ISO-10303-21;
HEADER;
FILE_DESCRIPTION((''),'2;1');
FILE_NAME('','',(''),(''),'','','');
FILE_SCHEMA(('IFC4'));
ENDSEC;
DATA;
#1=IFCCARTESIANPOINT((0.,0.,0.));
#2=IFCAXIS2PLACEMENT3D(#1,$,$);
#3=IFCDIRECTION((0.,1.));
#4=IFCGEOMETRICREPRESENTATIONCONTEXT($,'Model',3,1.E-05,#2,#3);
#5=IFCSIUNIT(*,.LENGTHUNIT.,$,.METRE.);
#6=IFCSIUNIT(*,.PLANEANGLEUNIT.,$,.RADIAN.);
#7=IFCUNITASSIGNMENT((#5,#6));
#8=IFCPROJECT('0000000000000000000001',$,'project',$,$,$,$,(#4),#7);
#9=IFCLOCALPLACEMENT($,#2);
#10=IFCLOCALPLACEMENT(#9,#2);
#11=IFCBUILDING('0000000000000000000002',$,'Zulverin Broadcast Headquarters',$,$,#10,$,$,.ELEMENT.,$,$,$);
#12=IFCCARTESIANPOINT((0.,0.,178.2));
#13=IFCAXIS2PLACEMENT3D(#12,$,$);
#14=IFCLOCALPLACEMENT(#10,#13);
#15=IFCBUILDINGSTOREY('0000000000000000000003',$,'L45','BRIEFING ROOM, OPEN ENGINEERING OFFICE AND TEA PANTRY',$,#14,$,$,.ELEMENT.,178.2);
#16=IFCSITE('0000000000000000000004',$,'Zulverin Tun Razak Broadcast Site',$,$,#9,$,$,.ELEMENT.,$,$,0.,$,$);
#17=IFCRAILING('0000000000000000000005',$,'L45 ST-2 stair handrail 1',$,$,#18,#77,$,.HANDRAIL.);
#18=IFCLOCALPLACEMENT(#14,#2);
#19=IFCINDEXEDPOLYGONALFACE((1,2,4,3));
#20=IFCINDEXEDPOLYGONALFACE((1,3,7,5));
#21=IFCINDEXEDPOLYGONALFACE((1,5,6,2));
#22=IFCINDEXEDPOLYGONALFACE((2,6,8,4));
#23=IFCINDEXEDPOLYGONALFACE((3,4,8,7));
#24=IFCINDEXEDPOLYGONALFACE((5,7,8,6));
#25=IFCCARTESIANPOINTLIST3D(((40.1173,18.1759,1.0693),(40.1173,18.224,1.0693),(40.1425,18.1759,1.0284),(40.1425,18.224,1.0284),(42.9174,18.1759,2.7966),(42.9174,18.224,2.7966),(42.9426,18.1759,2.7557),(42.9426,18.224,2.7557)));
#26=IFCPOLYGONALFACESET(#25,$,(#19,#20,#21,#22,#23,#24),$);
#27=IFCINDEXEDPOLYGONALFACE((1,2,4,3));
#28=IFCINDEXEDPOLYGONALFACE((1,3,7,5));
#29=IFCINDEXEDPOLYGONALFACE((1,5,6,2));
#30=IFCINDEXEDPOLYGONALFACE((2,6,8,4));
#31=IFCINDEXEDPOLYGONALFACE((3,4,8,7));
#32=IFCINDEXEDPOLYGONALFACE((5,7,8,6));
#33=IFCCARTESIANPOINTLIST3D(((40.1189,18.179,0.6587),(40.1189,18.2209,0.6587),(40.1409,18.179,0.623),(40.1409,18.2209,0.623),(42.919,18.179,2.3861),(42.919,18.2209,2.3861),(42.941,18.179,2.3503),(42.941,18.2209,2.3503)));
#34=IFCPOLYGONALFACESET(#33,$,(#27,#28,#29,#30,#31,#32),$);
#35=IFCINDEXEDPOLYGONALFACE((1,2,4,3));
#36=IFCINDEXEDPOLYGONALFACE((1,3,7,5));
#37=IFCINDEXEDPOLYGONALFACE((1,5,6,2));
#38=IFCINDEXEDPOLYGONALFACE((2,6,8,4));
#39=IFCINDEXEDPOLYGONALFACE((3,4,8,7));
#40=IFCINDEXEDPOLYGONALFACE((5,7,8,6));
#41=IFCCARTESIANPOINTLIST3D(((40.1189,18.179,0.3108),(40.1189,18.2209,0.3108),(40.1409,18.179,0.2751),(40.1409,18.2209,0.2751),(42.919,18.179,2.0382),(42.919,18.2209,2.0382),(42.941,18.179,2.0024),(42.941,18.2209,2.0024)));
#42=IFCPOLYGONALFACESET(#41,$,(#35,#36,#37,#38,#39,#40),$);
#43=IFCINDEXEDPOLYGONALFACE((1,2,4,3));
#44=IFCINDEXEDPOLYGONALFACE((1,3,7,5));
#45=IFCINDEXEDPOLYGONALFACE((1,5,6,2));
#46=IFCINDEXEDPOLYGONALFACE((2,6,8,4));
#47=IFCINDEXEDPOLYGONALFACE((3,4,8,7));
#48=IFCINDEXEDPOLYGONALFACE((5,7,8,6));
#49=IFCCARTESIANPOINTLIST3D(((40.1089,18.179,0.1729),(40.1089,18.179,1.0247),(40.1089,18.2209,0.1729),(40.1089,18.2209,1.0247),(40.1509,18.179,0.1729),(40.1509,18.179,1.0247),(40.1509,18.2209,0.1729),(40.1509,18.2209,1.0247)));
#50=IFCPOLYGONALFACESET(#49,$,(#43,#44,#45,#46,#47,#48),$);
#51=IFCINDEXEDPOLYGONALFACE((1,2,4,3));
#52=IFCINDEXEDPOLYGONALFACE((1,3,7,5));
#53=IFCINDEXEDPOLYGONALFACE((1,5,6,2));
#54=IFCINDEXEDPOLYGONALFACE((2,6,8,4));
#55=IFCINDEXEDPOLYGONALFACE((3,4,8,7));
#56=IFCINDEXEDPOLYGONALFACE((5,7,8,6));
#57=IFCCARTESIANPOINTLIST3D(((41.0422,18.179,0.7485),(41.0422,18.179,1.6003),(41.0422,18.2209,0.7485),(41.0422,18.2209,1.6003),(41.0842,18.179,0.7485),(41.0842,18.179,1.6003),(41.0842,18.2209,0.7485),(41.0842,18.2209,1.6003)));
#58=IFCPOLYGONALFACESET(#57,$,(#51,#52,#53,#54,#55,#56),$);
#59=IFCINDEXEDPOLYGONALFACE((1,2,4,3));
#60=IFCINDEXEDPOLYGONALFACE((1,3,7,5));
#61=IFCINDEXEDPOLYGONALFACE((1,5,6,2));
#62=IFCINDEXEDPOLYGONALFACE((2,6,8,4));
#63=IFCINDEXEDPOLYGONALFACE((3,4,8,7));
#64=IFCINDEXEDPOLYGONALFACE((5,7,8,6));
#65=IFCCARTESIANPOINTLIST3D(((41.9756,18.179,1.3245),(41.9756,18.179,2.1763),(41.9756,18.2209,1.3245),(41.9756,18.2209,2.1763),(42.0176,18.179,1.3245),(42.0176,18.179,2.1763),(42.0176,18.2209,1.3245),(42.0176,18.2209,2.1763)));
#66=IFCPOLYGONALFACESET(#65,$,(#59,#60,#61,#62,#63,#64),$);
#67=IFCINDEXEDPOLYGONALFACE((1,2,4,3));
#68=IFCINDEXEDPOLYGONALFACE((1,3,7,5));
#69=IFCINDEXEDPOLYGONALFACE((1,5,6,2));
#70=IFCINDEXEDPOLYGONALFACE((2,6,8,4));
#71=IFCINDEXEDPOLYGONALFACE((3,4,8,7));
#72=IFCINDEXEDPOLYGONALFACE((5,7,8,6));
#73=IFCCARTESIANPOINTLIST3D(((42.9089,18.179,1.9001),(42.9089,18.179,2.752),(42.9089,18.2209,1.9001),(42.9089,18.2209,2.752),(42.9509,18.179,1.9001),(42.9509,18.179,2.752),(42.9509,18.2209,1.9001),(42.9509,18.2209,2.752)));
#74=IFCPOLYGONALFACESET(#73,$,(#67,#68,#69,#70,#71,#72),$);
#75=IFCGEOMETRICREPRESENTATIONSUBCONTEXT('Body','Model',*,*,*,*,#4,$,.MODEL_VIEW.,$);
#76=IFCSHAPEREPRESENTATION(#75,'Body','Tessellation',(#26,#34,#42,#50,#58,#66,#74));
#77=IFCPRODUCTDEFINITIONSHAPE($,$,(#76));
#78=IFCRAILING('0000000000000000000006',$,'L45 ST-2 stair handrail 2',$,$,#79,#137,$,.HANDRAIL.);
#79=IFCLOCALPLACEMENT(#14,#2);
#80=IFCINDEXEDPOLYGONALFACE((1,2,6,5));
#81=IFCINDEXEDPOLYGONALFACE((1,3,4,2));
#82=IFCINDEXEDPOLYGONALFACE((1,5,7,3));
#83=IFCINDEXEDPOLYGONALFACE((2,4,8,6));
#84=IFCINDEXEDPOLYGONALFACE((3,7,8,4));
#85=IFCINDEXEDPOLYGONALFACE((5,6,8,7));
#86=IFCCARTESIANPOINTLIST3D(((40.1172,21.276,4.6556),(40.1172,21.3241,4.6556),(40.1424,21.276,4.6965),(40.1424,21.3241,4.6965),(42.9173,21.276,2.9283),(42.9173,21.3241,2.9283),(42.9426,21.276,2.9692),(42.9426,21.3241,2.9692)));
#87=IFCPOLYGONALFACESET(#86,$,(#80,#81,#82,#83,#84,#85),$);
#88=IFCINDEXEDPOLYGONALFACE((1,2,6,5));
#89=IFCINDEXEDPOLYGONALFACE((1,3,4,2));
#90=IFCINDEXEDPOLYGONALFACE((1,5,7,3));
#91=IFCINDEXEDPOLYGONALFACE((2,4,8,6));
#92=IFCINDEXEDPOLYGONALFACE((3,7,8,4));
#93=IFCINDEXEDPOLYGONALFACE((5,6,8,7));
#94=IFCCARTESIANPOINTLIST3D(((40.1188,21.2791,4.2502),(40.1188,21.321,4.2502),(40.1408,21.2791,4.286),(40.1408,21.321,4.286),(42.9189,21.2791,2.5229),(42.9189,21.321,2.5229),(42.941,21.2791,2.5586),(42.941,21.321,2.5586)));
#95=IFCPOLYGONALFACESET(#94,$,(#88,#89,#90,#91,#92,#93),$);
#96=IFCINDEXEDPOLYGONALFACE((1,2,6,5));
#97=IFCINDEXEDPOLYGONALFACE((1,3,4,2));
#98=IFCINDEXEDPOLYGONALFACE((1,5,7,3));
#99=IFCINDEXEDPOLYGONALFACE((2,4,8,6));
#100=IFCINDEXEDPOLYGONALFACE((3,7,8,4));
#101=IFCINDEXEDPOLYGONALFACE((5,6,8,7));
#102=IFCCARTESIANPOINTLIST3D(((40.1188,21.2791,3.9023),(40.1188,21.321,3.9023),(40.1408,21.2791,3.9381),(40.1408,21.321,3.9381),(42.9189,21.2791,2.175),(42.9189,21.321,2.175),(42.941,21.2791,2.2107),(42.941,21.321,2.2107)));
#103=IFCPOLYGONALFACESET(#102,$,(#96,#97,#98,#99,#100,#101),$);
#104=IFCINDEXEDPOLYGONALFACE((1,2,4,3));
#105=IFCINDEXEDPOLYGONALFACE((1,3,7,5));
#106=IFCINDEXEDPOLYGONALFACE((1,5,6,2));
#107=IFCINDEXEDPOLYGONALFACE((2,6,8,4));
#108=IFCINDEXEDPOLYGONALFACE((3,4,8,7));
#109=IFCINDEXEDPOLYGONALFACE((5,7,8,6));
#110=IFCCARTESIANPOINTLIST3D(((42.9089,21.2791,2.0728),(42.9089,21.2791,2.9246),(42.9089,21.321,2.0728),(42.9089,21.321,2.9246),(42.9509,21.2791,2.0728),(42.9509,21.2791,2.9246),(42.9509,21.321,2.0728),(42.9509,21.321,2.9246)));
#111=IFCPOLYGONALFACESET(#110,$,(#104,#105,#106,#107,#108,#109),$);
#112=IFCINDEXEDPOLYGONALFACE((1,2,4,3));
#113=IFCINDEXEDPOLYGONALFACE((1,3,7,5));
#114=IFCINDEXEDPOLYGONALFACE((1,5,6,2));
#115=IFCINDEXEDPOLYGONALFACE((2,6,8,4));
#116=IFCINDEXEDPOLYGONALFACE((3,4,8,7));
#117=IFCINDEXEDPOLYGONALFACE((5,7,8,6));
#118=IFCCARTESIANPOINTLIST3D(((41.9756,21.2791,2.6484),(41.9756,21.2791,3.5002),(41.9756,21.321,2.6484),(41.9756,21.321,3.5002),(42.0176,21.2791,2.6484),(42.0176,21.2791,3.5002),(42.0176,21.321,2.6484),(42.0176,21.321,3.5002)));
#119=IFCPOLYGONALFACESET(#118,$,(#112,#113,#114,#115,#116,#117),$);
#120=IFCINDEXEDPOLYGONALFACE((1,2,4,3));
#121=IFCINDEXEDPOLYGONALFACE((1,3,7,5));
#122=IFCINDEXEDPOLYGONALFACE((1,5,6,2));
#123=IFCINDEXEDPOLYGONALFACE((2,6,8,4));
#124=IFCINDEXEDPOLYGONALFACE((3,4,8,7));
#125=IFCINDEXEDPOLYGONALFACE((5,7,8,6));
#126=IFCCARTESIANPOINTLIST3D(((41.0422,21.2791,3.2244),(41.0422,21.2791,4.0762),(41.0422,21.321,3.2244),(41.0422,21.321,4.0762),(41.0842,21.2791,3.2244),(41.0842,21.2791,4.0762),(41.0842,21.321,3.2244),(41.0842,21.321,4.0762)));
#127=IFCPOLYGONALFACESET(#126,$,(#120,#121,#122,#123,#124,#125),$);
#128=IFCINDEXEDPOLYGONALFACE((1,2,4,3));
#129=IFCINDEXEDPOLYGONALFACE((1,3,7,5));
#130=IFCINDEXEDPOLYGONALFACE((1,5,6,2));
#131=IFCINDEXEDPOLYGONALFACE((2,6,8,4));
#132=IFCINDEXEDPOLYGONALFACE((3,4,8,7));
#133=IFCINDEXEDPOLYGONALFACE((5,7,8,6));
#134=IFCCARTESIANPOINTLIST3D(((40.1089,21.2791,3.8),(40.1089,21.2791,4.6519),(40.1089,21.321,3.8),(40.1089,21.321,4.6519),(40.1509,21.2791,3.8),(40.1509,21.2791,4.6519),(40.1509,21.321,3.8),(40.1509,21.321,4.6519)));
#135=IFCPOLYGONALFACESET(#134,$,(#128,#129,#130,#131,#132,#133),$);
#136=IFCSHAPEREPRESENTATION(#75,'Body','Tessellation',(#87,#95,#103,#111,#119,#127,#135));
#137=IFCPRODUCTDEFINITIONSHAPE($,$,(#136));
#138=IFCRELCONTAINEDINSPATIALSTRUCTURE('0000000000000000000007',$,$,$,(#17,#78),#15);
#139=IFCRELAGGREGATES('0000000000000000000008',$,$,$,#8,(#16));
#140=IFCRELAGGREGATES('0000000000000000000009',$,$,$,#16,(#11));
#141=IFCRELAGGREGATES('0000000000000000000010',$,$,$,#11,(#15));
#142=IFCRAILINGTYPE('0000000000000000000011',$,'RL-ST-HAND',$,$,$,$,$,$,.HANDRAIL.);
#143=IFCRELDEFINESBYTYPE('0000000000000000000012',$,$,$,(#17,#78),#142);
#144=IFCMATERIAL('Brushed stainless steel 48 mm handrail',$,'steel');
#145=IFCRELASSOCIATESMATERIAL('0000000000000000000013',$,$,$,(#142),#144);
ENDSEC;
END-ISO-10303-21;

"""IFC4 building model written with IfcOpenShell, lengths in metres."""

from ifc_helpers import new_model, si_unit, direction, frame, origin, origin_2d, place, context, subcontext, project, spatial, rectangle, extrude, material, type_object, element, save


model = new_model("IFC4")

# Units and contexts
model_context = context("Model", 3, precision=1e-05, world=origin(), true_north=direction((0.0, 1.0)))
body_context = subcontext(model_context, "Body", "Model", "MODEL_VIEW")
ifc_project = project(units=[si_unit("LENGTHUNIT", "METRE"), si_unit("PLANEANGLEUNIT", "RADIAN")], contexts=[model_context])

# Site, building, storey
site_placement = place(None, origin())
site = spatial("IfcSite", under=ifc_project, at=site_placement, Name="Zulverin Tun Razak Broadcast Site", CompositionType="ELEMENT", RefElevation=0.0)
building_placement = place(site_placement, origin())
building = spatial("IfcBuilding", under=site, at=building_placement, Name="Zulverin Broadcast Headquarters", CompositionType="ELEMENT")
storey_placement = place(building_placement, frame((0.0, 0.0, 178.2)))
storey = spatial("IfcBuildingStorey", under=building, at=storey_placement, Name="L45", Description="BRIEFING ROOM, OPEN ENGINEERING OFFICE AND TEA PANTRY", CompositionType="ELEMENT", Elevation=178.2)

# Railings
ifc_material_1 = material(Name="Brushed stainless steel 48 mm handrail", Category="steel")
railing_type_1 = type_object("IfcRailingType", Name="RL-ST-HAND", PredefinedType="HANDRAIL", material=ifc_material_1)
railing_1_placement = place(storey_placement, frame((40.1299, 18.2, 0.1729)))
element("IfcRailing", 1, at=railing_1_placement, inside=storey, type_object=railing_type_1, Name="L45 ST-2 stair handrail 1", PredefinedType="HANDRAIL", context=body_context, shape_type="SweptSolid", body=[
    extrude(rectangle(XDim=0.0481, YDim=0.0481, at=origin_2d()), frame((0.0, 0.0, 0.876), z_axis=(0.85109, 0.0, 0.52502), x_axis=(0.0, 1.0, 0.0)), (0.0, 0.0, 1.0), 3.29),
    extrude(rectangle(XDim=0.042, YDim=0.042, at=origin_2d()), frame((0.0, 0.0, 0.468), z_axis=(0.85109, 0.0, 0.52502), x_axis=(0.0, 1.0, 0.0)), (0.0, 0.0, 1.0), 3.29),
    extrude(rectangle(XDim=0.042, YDim=0.042, at=origin_2d()), frame((0.0, 0.0, 0.1201), z_axis=(0.85109, 0.0, 0.52502), x_axis=(0.0, 1.0, 0.0)), (0.0, 0.0, 1.0), 3.29),
    extrude(rectangle(XDim=0.042, YDim=0.042, at=origin_2d()), origin(), (0.0, 0.0, 1.0), 0.8518),
    extrude(rectangle(XDim=0.042, YDim=0.042, at=origin_2d()), frame((0.9333, 0.0, 0.5757)), (0.0, 0.0, 1.0), 0.8518),
    extrude(rectangle(XDim=0.042, YDim=0.042, at=origin_2d()), frame((1.8667, 0.0, 1.1516)), (0.0, 0.0, 1.0), 0.8518),
    extrude(rectangle(XDim=0.042, YDim=0.042, at=origin_2d()), frame((2.8, 0.0, 1.7273)), (0.0, 0.0, 1.0), 0.8518),
])
railing_2_placement = place(storey_placement, frame((42.9299, 21.3, 2.0728)))
element("IfcRailing", 2, at=railing_2_placement, inside=storey, type_object=railing_type_1, Name="L45 ST-2 stair handrail 2", PredefinedType="HANDRAIL", context=body_context, shape_type="SweptSolid", body=[
    extrude(rectangle(XDim=0.0481, YDim=0.0481, at=origin_2d()), frame((0.0, 0.0, 0.876), z_axis=(-0.85109, 0.0, 0.52502), x_axis=(0.0, -1.0, 0.0)), (0.0, 0.0, 1.0), 3.29),
    extrude(rectangle(XDim=0.042, YDim=0.042, at=origin_2d()), frame((0.0, 0.0, 0.468), z_axis=(-0.85109, 0.0, 0.52502), x_axis=(0.0, -1.0, 0.0)), (0.0, 0.0, 1.0), 3.29),
    extrude(rectangle(XDim=0.042, YDim=0.042, at=origin_2d()), frame((0.0, 0.0, 0.1201), z_axis=(-0.85109, 0.0, 0.52502), x_axis=(0.0, -1.0, 0.0)), (0.0, 0.0, 1.0), 3.29),
    extrude(rectangle(XDim=0.042, YDim=0.042, at=origin_2d()), origin(), (0.0, 0.0, 1.0), 0.8518),
    extrude(rectangle(XDim=0.042, YDim=0.042, at=origin_2d()), frame((-0.9333, 0.0, 0.5757)), (0.0, 0.0, 1.0), 0.8518),
    extrude(rectangle(XDim=0.042, YDim=0.042, at=origin_2d()), frame((-1.8667, 0.0, 1.1516)), (0.0, 0.0, 1.0), 0.8518),
    extrude(rectangle(XDim=0.042, YDim=0.042, at=origin_2d()), frame((-2.8, 0.0, 1.7273)), (0.0, 0.0, 1.0), 0.8518),
])

save(model, "model.ifc")
